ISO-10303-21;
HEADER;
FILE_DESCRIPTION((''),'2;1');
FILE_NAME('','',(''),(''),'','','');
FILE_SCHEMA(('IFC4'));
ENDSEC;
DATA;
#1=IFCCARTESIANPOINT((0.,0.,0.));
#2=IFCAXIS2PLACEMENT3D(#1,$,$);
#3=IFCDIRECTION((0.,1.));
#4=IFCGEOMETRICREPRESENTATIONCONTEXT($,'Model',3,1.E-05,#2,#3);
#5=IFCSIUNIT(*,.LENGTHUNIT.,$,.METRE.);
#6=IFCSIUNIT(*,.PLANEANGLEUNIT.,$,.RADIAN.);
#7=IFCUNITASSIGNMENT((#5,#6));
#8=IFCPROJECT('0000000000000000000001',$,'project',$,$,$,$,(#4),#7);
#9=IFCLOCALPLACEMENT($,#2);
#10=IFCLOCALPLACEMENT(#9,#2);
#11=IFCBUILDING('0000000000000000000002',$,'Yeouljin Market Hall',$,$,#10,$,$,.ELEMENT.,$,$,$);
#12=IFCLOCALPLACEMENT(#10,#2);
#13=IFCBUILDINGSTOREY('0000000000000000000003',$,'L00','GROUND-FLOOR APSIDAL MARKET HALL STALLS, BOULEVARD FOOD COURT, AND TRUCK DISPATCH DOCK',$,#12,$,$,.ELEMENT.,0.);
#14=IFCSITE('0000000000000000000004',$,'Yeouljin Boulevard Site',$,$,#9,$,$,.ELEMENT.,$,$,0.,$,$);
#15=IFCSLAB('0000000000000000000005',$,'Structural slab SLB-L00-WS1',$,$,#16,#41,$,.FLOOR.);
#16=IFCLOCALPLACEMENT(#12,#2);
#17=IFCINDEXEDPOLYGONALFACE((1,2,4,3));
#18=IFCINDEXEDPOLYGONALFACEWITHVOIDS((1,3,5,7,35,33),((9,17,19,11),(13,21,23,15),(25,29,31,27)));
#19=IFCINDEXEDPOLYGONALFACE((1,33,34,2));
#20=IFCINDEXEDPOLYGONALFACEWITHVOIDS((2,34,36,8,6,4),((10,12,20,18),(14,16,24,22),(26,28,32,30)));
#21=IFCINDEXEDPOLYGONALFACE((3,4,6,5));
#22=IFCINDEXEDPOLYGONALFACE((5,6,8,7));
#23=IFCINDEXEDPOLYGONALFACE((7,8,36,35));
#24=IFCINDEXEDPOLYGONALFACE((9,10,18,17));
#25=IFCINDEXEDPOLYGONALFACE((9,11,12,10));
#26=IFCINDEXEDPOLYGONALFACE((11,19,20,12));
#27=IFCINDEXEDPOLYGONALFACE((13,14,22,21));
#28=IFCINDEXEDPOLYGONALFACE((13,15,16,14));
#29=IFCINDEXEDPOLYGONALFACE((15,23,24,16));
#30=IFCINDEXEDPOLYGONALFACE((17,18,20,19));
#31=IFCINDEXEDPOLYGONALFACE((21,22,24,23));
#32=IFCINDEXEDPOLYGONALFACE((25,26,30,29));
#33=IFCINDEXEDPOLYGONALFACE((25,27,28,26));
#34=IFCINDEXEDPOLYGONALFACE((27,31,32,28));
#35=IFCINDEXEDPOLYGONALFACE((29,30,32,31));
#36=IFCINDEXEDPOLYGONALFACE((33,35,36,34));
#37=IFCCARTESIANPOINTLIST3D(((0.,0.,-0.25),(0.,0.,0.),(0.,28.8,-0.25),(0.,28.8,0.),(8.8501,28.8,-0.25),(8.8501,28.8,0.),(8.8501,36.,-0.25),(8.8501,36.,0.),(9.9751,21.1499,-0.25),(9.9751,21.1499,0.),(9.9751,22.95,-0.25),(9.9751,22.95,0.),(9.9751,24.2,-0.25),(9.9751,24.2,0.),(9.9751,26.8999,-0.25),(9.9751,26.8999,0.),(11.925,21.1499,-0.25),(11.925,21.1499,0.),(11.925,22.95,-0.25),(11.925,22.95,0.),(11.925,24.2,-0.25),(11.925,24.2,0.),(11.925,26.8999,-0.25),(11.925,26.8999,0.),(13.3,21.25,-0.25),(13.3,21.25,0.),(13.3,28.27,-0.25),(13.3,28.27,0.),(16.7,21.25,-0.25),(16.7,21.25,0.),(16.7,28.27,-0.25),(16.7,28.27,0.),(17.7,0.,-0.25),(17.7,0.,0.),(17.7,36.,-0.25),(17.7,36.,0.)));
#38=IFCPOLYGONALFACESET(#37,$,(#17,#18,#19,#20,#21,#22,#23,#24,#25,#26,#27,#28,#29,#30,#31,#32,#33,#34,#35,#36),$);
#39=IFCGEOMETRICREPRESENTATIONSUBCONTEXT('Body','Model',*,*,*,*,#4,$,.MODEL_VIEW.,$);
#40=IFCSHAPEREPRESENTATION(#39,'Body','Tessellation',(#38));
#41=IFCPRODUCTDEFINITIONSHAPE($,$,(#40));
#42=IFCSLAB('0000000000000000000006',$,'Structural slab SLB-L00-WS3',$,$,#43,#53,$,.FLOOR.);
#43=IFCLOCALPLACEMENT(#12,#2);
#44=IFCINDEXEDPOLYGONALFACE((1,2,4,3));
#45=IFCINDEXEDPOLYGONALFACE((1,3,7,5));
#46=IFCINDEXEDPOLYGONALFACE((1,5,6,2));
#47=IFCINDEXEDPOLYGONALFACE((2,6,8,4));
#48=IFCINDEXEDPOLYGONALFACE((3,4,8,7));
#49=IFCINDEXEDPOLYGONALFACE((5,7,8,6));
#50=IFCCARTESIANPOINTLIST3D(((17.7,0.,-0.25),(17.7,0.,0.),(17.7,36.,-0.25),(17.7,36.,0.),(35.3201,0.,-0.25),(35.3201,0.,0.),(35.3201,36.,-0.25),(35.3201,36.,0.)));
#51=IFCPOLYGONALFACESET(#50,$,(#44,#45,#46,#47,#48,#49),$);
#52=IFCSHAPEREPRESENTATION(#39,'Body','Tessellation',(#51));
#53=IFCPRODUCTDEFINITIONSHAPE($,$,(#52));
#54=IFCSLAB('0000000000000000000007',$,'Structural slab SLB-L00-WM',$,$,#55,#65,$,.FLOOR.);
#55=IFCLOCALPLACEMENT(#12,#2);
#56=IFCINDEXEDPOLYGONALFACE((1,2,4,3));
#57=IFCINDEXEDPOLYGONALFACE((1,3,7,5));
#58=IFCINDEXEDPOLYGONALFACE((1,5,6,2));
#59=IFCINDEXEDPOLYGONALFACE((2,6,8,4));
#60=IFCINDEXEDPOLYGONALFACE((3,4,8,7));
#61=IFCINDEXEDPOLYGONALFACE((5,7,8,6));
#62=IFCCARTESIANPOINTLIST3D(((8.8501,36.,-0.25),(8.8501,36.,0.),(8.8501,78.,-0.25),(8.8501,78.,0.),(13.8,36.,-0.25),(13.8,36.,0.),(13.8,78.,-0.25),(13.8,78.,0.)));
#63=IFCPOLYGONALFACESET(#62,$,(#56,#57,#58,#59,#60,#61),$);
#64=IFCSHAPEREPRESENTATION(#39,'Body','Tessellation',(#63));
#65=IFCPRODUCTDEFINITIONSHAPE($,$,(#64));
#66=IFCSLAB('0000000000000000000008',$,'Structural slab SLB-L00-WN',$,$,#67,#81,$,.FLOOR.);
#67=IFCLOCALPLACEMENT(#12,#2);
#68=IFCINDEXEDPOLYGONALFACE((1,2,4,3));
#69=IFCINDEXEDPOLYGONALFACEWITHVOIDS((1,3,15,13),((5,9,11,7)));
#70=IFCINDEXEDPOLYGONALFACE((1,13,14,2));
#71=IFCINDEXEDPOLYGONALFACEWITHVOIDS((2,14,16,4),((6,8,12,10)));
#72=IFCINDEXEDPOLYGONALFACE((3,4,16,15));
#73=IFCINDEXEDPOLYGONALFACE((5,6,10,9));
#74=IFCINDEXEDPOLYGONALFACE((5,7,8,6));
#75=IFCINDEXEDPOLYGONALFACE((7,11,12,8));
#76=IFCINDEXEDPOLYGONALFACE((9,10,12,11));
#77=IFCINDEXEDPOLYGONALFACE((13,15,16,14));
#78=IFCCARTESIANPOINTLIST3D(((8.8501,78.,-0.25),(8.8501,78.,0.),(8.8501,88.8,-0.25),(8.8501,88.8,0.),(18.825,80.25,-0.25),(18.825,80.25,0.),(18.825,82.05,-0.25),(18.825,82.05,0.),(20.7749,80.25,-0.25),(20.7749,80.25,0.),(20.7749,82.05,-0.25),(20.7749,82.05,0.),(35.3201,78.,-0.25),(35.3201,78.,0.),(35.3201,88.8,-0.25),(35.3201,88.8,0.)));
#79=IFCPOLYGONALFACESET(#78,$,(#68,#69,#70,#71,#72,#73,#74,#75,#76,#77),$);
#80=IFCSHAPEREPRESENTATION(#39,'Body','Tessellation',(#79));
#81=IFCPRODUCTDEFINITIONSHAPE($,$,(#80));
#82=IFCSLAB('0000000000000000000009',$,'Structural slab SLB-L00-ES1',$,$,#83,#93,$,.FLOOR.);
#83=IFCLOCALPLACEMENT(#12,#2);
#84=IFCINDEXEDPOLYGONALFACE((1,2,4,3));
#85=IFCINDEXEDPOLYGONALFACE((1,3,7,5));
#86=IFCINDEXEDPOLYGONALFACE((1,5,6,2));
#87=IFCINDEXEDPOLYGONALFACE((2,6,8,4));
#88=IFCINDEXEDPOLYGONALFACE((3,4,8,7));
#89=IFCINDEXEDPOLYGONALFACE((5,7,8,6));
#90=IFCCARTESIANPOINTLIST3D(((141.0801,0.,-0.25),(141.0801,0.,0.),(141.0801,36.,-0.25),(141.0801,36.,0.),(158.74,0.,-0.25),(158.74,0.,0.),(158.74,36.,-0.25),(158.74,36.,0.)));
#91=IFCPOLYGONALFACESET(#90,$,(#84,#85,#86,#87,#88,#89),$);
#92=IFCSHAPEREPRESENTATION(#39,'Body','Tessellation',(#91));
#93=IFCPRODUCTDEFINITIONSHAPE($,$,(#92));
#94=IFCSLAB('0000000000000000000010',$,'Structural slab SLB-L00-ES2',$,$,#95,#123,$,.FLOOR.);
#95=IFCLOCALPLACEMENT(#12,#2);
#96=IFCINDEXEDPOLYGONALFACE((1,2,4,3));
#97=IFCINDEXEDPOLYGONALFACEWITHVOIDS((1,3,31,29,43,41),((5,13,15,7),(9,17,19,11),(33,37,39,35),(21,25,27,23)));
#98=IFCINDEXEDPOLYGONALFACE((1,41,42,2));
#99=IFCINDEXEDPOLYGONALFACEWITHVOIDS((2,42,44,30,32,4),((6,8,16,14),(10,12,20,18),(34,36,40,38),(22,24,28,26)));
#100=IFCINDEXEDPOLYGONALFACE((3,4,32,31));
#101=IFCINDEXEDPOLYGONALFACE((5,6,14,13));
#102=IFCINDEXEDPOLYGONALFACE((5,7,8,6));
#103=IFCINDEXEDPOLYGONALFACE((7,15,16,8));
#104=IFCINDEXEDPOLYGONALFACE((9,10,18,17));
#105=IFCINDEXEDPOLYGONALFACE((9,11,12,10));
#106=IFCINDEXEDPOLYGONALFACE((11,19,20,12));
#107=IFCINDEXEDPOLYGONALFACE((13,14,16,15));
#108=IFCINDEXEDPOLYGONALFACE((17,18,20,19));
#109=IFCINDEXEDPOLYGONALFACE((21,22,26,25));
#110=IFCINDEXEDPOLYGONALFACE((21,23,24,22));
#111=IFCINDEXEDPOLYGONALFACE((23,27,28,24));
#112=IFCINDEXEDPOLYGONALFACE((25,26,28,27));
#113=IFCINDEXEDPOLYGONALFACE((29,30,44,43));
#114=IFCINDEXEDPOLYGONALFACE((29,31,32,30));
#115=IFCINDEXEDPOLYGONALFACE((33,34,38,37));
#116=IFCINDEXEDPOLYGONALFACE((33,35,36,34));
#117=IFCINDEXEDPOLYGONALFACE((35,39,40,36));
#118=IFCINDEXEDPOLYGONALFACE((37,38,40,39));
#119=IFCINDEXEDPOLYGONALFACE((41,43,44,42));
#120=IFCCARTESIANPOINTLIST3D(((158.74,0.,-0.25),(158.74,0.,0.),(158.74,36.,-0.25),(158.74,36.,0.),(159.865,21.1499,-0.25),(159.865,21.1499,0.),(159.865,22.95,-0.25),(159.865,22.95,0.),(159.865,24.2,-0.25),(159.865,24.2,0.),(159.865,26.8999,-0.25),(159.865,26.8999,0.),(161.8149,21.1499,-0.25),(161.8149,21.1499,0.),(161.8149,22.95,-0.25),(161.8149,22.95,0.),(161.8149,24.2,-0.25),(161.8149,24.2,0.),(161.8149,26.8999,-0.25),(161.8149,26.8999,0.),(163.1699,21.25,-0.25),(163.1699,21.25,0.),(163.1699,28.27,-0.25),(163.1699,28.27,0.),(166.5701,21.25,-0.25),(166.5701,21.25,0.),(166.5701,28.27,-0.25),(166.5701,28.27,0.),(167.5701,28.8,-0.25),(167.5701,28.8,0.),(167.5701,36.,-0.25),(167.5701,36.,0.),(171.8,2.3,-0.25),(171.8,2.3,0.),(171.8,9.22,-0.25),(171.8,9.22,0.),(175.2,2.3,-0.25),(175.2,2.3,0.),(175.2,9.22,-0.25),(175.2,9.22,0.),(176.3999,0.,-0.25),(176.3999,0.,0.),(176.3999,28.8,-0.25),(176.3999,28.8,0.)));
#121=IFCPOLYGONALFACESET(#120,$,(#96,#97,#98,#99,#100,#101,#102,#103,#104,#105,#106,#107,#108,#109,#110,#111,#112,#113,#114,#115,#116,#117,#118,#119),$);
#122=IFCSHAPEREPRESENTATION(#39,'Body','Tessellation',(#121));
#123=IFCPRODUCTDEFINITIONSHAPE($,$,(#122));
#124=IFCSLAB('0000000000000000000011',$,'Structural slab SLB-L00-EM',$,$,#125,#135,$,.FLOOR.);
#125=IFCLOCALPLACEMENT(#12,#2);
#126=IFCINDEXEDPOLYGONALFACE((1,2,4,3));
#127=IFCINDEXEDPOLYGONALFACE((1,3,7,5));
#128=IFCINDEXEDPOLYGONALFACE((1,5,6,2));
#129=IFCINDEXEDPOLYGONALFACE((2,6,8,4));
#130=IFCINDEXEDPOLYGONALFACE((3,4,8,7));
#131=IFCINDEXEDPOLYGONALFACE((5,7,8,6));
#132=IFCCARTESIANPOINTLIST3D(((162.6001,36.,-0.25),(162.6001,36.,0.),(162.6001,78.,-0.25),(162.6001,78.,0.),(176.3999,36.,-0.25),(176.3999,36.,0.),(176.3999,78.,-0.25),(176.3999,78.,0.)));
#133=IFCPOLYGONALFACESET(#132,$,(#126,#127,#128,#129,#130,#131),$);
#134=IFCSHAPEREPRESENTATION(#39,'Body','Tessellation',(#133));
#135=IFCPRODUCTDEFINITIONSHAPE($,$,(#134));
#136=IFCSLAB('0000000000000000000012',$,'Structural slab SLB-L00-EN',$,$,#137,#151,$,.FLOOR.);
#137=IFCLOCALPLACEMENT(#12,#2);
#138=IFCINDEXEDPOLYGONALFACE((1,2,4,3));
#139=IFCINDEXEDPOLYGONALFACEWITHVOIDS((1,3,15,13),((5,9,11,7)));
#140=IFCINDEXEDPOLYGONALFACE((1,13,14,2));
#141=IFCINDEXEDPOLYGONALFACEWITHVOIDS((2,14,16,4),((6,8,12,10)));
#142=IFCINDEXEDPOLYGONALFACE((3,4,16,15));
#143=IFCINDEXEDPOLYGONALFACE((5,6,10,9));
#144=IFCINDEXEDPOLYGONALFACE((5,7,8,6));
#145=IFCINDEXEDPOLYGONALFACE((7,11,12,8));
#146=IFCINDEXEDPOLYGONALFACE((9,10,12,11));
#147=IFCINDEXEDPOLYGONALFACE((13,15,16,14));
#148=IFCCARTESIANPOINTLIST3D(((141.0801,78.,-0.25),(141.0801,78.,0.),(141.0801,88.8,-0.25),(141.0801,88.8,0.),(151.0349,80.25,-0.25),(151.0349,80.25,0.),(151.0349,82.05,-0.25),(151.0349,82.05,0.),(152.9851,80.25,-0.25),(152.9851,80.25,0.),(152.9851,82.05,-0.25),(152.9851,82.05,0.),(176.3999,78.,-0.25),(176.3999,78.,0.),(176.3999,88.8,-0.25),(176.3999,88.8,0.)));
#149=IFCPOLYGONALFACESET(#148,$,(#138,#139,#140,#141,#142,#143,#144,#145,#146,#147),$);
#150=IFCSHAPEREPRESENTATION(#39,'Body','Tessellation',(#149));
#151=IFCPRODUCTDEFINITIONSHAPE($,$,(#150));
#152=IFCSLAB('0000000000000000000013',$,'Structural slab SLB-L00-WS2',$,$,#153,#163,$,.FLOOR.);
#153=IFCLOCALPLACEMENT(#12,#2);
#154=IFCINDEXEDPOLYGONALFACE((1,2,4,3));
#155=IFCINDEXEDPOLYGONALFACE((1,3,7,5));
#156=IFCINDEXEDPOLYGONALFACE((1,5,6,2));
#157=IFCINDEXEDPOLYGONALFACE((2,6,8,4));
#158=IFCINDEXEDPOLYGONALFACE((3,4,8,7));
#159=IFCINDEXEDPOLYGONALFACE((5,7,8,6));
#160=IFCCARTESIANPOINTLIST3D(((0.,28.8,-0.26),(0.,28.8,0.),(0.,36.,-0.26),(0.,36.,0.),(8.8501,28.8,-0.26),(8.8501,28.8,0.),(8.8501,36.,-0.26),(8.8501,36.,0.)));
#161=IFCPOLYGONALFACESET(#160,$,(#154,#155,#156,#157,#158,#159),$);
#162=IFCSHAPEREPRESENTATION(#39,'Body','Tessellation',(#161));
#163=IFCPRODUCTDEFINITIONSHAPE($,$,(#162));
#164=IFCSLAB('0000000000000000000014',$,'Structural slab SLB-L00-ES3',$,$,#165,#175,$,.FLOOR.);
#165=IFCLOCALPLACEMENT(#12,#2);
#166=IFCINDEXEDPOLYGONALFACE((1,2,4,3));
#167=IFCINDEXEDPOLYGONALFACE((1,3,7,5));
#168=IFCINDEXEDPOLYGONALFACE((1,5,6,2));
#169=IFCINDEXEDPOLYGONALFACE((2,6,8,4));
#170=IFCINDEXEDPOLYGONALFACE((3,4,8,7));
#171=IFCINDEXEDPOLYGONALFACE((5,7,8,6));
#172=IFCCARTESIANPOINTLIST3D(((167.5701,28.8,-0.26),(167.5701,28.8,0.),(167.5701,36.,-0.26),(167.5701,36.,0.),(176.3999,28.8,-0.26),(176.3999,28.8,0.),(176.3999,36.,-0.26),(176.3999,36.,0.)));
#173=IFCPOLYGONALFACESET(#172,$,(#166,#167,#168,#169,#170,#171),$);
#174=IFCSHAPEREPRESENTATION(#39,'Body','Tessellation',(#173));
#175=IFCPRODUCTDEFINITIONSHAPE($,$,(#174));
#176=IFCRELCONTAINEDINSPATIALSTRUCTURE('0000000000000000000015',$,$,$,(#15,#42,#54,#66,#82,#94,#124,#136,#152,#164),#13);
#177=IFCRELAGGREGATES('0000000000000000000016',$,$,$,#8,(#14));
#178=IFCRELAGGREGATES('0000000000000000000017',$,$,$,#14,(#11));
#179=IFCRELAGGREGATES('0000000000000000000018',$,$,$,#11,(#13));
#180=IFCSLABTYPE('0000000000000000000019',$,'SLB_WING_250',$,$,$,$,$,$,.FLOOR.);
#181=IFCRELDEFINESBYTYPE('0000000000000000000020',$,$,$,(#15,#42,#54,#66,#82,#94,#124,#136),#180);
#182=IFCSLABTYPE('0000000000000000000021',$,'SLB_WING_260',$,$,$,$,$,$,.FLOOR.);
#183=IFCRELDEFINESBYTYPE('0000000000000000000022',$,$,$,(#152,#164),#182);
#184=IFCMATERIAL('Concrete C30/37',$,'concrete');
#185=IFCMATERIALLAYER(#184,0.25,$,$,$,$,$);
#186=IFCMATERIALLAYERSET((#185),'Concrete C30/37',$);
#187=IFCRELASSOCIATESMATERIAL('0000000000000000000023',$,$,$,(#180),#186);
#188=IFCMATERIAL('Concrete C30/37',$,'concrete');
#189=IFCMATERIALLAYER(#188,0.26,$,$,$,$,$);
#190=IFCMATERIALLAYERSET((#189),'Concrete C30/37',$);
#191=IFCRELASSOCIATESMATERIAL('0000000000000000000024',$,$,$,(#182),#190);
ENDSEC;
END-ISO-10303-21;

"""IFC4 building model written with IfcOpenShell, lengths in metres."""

from ifc_helpers import new_model, si_unit, direction, frame, origin, place, context, subcontext, project, spatial, polyline, outline, extrude, material, layer, layer_set, type_object, element, save


model = new_model("IFC4")

# Units and contexts
model_context = context("Model", 3, precision=1e-05, world=origin(), true_north=direction((0.0, 1.0)))
body_context = subcontext(model_context, "Body", "Model", "MODEL_VIEW")
ifc_project = project(units=[si_unit("LENGTHUNIT", "METRE"), si_unit("PLANEANGLEUNIT", "RADIAN")], contexts=[model_context])

# Site, building, storey
site_placement = place(None, origin())
site = spatial("IfcSite", under=ifc_project, at=site_placement, Name="Yeouljin Boulevard Site", CompositionType="ELEMENT", RefElevation=0.0)
building_placement = place(site_placement, origin())
building = spatial("IfcBuilding", under=site, at=building_placement, Name="Yeouljin Market Hall", CompositionType="ELEMENT")
storey_placement = place(building_placement, origin())
storey = spatial("IfcBuildingStorey", under=building, at=storey_placement, Name="L00", Description="GROUND-FLOOR APSIDAL MARKET HALL STALLS, BOULEVARD FOOD COURT, AND TRUCK DISPATCH DOCK", CompositionType="ELEMENT", Elevation=0.0)

# Slabs
ifc_material_1 = material(Name="Concrete C30/37", Category="concrete")
ifc_layer_1 = layer(ifc_material_1, 0.25)
ifc_layer_set_1 = layer_set([ifc_layer_1], Name="Concrete C30/37")
slab_type_1 = type_object("IfcSlabType", Name="SLB_WING_250", PredefinedType="FLOOR", material=ifc_layer_set_1)
slab_1_placement = place(storey_placement, frame((0.0, 0.0, -0.25)))
element("IfcSlab", 1, at=slab_1_placement, inside=storey, type_object=slab_type_1, Name="Structural slab SLB-L00-WS1", PredefinedType="FLOOR", context=body_context, shape_type="SweptSolid", body=[
    extrude(outline(polyline([(0.0, 0.0), (17.7, 0.0), (17.7, 36.0), (8.8501, 36.0), (8.8501, 28.8), (0.0, 28.8), (0.0, 0.0)]), holes=[polyline([(13.3, 21.25), (16.7, 21.25), (16.7, 28.27), (13.3, 28.27), (13.3, 21.25)]), polyline([(9.9751, 21.1499), (11.925, 21.1499), (11.925, 22.95), (9.9751, 22.95), (9.9751, 21.1499)]), polyline([(9.9751, 24.2), (11.925, 24.2), (11.925, 26.8999), (9.9751, 26.8999), (9.9751, 24.2)])]), origin(), (0.0, 0.0, 1.0), 0.25),
])
slab_2_placement = place(storey_placement, frame((0.0, 0.0, -0.25)))
element("IfcSlab", 2, at=slab_2_placement, inside=storey, type_object=slab_type_1, Name="Structural slab SLB-L00-WS3", PredefinedType="FLOOR", context=body_context, shape_type="SweptSolid", body=[
    extrude(outline(polyline([(17.7, 0.0), (35.3201, 0.0), (35.3201, 36.0), (17.7, 36.0), (17.7, 0.0)])), origin(), (0.0, 0.0, 1.0), 0.25),
])
slab_3_placement = place(storey_placement, frame((0.0, 0.0, -0.25)))
element("IfcSlab", 3, at=slab_3_placement, inside=storey, type_object=slab_type_1, Name="Structural slab SLB-L00-WM", PredefinedType="FLOOR", context=body_context, shape_type="SweptSolid", body=[
    extrude(outline(polyline([(8.8501, 36.0), (13.8, 36.0), (13.8, 78.0), (8.8501, 78.0), (8.8501, 36.0)])), origin(), (0.0, 0.0, 1.0), 0.25),
])
slab_4_placement = place(storey_placement, frame((0.0, 0.0, -0.25)))
element("IfcSlab", 4, at=slab_4_placement, inside=storey, type_object=slab_type_1, Name="Structural slab SLB-L00-WN", PredefinedType="FLOOR", context=body_context, shape_type="SweptSolid", body=[
    extrude(outline(polyline([(8.8501, 78.0), (35.3201, 78.0), (35.3201, 88.8), (8.8501, 88.8), (8.8501, 78.0)]), holes=[polyline([(18.825, 80.25), (20.7749, 80.25), (20.7749, 82.05), (18.825, 82.05), (18.825, 80.25)])]), origin(), (0.0, 0.0, 1.0), 0.25),
])
slab_5_placement = place(storey_placement, frame((0.0, 0.0, -0.25)))
element("IfcSlab", 5, at=slab_5_placement, inside=storey, type_object=slab_type_1, Name="Structural slab SLB-L00-ES1", PredefinedType="FLOOR", context=body_context, shape_type="SweptSolid", body=[
    extrude(outline(polyline([(141.0801, 0.0), (158.74, 0.0), (158.74, 36.0), (141.0801, 36.0), (141.0801, 0.0)])), origin(), (0.0, 0.0, 1.0), 0.25),
])
slab_6_placement = place(storey_placement, frame((0.0, 0.0, -0.25)))
element("IfcSlab", 6, at=slab_6_placement, inside=storey, type_object=slab_type_1, Name="Structural slab SLB-L00-ES2", PredefinedType="FLOOR", context=body_context, shape_type="SweptSolid", body=[
    extrude(outline(polyline([(158.74, 0.0), (176.3999, 0.0), (176.3999, 28.8), (167.5701, 28.8), (167.5701, 36.0), (158.74, 36.0), (158.74, 0.0)]), holes=[polyline([(163.1699, 21.25), (166.5701, 21.25), (166.5701, 28.27), (163.1699, 28.27), (163.1699, 21.25)]), polyline([(171.8, 2.3), (175.2, 2.3), (175.2, 9.22), (171.8, 9.22), (171.8, 2.3)]), polyline([(159.865, 21.1499), (161.8149, 21.1499), (161.8149, 22.95), (159.865, 22.95), (159.865, 21.1499)]), polyline([(159.865, 24.2), (161.8149, 24.2), (161.8149, 26.8999), (159.865, 26.8999), (159.865, 24.2)])]), origin(), (0.0, 0.0, 1.0), 0.25),
])
slab_7_placement = place(storey_placement, frame((0.0, 0.0, -0.25)))
element("IfcSlab", 7, at=slab_7_placement, inside=storey, type_object=slab_type_1, Name="Structural slab SLB-L00-EM", PredefinedType="FLOOR", context=body_context, shape_type="SweptSolid", body=[
    extrude(outline(polyline([(162.6001, 36.0), (176.3999, 36.0), (176.3999, 78.0), (162.6001, 78.0), (162.6001, 36.0)])), origin(), (0.0, 0.0, 1.0), 0.25),
])
slab_8_placement = place(storey_placement, frame((0.0, 0.0, -0.25)))
element("IfcSlab", 8, at=slab_8_placement, inside=storey, type_object=slab_type_1, Name="Structural slab SLB-L00-EN", PredefinedType="FLOOR", context=body_context, shape_type="SweptSolid", body=[
    extrude(outline(polyline([(141.0801, 78.0), (176.3999, 78.0), (176.3999, 88.8), (141.0801, 88.8), (141.0801, 78.0)]), holes=[polyline([(151.0349, 80.25), (152.9851, 80.25), (152.9851, 82.05), (151.0349, 82.05), (151.0349, 80.25)])]), origin(), (0.0, 0.0, 1.0), 0.25),
])
ifc_material_2 = material(Name="Concrete C30/37", Category="concrete")
ifc_layer_2 = layer(ifc_material_2, 0.26)
ifc_layer_set_2 = layer_set([ifc_layer_2], Name="Concrete C30/37")
slab_type_2 = type_object("IfcSlabType", Name="SLB_WING_260", PredefinedType="FLOOR", material=ifc_layer_set_2)
slab_9_placement = place(storey_placement, frame((0.0, 0.0, -0.26)))
element("IfcSlab", 9, at=slab_9_placement, inside=storey, type_object=slab_type_2, Name="Structural slab SLB-L00-WS2", PredefinedType="FLOOR", context=body_context, shape_type="SweptSolid", body=[
    extrude(outline(polyline([(0.0, 28.8), (8.8501, 28.8), (8.8501, 36.0), (0.0, 36.0), (0.0, 28.8)])), origin(), (0.0, 0.0, 1.0), 0.26),
])
slab_10_placement = place(storey_placement, frame((0.0, 0.0, -0.26)))
element("IfcSlab", 10, at=slab_10_placement, inside=storey, type_object=slab_type_2, Name="Structural slab SLB-L00-ES3", PredefinedType="FLOOR", context=body_context, shape_type="SweptSolid", body=[
    extrude(outline(polyline([(167.5701, 28.8), (176.3999, 28.8), (176.3999, 36.0), (167.5701, 36.0), (167.5701, 28.8)])), origin(), (0.0, 0.0, 1.0), 0.26),
])

save(model, "model.ifc")
